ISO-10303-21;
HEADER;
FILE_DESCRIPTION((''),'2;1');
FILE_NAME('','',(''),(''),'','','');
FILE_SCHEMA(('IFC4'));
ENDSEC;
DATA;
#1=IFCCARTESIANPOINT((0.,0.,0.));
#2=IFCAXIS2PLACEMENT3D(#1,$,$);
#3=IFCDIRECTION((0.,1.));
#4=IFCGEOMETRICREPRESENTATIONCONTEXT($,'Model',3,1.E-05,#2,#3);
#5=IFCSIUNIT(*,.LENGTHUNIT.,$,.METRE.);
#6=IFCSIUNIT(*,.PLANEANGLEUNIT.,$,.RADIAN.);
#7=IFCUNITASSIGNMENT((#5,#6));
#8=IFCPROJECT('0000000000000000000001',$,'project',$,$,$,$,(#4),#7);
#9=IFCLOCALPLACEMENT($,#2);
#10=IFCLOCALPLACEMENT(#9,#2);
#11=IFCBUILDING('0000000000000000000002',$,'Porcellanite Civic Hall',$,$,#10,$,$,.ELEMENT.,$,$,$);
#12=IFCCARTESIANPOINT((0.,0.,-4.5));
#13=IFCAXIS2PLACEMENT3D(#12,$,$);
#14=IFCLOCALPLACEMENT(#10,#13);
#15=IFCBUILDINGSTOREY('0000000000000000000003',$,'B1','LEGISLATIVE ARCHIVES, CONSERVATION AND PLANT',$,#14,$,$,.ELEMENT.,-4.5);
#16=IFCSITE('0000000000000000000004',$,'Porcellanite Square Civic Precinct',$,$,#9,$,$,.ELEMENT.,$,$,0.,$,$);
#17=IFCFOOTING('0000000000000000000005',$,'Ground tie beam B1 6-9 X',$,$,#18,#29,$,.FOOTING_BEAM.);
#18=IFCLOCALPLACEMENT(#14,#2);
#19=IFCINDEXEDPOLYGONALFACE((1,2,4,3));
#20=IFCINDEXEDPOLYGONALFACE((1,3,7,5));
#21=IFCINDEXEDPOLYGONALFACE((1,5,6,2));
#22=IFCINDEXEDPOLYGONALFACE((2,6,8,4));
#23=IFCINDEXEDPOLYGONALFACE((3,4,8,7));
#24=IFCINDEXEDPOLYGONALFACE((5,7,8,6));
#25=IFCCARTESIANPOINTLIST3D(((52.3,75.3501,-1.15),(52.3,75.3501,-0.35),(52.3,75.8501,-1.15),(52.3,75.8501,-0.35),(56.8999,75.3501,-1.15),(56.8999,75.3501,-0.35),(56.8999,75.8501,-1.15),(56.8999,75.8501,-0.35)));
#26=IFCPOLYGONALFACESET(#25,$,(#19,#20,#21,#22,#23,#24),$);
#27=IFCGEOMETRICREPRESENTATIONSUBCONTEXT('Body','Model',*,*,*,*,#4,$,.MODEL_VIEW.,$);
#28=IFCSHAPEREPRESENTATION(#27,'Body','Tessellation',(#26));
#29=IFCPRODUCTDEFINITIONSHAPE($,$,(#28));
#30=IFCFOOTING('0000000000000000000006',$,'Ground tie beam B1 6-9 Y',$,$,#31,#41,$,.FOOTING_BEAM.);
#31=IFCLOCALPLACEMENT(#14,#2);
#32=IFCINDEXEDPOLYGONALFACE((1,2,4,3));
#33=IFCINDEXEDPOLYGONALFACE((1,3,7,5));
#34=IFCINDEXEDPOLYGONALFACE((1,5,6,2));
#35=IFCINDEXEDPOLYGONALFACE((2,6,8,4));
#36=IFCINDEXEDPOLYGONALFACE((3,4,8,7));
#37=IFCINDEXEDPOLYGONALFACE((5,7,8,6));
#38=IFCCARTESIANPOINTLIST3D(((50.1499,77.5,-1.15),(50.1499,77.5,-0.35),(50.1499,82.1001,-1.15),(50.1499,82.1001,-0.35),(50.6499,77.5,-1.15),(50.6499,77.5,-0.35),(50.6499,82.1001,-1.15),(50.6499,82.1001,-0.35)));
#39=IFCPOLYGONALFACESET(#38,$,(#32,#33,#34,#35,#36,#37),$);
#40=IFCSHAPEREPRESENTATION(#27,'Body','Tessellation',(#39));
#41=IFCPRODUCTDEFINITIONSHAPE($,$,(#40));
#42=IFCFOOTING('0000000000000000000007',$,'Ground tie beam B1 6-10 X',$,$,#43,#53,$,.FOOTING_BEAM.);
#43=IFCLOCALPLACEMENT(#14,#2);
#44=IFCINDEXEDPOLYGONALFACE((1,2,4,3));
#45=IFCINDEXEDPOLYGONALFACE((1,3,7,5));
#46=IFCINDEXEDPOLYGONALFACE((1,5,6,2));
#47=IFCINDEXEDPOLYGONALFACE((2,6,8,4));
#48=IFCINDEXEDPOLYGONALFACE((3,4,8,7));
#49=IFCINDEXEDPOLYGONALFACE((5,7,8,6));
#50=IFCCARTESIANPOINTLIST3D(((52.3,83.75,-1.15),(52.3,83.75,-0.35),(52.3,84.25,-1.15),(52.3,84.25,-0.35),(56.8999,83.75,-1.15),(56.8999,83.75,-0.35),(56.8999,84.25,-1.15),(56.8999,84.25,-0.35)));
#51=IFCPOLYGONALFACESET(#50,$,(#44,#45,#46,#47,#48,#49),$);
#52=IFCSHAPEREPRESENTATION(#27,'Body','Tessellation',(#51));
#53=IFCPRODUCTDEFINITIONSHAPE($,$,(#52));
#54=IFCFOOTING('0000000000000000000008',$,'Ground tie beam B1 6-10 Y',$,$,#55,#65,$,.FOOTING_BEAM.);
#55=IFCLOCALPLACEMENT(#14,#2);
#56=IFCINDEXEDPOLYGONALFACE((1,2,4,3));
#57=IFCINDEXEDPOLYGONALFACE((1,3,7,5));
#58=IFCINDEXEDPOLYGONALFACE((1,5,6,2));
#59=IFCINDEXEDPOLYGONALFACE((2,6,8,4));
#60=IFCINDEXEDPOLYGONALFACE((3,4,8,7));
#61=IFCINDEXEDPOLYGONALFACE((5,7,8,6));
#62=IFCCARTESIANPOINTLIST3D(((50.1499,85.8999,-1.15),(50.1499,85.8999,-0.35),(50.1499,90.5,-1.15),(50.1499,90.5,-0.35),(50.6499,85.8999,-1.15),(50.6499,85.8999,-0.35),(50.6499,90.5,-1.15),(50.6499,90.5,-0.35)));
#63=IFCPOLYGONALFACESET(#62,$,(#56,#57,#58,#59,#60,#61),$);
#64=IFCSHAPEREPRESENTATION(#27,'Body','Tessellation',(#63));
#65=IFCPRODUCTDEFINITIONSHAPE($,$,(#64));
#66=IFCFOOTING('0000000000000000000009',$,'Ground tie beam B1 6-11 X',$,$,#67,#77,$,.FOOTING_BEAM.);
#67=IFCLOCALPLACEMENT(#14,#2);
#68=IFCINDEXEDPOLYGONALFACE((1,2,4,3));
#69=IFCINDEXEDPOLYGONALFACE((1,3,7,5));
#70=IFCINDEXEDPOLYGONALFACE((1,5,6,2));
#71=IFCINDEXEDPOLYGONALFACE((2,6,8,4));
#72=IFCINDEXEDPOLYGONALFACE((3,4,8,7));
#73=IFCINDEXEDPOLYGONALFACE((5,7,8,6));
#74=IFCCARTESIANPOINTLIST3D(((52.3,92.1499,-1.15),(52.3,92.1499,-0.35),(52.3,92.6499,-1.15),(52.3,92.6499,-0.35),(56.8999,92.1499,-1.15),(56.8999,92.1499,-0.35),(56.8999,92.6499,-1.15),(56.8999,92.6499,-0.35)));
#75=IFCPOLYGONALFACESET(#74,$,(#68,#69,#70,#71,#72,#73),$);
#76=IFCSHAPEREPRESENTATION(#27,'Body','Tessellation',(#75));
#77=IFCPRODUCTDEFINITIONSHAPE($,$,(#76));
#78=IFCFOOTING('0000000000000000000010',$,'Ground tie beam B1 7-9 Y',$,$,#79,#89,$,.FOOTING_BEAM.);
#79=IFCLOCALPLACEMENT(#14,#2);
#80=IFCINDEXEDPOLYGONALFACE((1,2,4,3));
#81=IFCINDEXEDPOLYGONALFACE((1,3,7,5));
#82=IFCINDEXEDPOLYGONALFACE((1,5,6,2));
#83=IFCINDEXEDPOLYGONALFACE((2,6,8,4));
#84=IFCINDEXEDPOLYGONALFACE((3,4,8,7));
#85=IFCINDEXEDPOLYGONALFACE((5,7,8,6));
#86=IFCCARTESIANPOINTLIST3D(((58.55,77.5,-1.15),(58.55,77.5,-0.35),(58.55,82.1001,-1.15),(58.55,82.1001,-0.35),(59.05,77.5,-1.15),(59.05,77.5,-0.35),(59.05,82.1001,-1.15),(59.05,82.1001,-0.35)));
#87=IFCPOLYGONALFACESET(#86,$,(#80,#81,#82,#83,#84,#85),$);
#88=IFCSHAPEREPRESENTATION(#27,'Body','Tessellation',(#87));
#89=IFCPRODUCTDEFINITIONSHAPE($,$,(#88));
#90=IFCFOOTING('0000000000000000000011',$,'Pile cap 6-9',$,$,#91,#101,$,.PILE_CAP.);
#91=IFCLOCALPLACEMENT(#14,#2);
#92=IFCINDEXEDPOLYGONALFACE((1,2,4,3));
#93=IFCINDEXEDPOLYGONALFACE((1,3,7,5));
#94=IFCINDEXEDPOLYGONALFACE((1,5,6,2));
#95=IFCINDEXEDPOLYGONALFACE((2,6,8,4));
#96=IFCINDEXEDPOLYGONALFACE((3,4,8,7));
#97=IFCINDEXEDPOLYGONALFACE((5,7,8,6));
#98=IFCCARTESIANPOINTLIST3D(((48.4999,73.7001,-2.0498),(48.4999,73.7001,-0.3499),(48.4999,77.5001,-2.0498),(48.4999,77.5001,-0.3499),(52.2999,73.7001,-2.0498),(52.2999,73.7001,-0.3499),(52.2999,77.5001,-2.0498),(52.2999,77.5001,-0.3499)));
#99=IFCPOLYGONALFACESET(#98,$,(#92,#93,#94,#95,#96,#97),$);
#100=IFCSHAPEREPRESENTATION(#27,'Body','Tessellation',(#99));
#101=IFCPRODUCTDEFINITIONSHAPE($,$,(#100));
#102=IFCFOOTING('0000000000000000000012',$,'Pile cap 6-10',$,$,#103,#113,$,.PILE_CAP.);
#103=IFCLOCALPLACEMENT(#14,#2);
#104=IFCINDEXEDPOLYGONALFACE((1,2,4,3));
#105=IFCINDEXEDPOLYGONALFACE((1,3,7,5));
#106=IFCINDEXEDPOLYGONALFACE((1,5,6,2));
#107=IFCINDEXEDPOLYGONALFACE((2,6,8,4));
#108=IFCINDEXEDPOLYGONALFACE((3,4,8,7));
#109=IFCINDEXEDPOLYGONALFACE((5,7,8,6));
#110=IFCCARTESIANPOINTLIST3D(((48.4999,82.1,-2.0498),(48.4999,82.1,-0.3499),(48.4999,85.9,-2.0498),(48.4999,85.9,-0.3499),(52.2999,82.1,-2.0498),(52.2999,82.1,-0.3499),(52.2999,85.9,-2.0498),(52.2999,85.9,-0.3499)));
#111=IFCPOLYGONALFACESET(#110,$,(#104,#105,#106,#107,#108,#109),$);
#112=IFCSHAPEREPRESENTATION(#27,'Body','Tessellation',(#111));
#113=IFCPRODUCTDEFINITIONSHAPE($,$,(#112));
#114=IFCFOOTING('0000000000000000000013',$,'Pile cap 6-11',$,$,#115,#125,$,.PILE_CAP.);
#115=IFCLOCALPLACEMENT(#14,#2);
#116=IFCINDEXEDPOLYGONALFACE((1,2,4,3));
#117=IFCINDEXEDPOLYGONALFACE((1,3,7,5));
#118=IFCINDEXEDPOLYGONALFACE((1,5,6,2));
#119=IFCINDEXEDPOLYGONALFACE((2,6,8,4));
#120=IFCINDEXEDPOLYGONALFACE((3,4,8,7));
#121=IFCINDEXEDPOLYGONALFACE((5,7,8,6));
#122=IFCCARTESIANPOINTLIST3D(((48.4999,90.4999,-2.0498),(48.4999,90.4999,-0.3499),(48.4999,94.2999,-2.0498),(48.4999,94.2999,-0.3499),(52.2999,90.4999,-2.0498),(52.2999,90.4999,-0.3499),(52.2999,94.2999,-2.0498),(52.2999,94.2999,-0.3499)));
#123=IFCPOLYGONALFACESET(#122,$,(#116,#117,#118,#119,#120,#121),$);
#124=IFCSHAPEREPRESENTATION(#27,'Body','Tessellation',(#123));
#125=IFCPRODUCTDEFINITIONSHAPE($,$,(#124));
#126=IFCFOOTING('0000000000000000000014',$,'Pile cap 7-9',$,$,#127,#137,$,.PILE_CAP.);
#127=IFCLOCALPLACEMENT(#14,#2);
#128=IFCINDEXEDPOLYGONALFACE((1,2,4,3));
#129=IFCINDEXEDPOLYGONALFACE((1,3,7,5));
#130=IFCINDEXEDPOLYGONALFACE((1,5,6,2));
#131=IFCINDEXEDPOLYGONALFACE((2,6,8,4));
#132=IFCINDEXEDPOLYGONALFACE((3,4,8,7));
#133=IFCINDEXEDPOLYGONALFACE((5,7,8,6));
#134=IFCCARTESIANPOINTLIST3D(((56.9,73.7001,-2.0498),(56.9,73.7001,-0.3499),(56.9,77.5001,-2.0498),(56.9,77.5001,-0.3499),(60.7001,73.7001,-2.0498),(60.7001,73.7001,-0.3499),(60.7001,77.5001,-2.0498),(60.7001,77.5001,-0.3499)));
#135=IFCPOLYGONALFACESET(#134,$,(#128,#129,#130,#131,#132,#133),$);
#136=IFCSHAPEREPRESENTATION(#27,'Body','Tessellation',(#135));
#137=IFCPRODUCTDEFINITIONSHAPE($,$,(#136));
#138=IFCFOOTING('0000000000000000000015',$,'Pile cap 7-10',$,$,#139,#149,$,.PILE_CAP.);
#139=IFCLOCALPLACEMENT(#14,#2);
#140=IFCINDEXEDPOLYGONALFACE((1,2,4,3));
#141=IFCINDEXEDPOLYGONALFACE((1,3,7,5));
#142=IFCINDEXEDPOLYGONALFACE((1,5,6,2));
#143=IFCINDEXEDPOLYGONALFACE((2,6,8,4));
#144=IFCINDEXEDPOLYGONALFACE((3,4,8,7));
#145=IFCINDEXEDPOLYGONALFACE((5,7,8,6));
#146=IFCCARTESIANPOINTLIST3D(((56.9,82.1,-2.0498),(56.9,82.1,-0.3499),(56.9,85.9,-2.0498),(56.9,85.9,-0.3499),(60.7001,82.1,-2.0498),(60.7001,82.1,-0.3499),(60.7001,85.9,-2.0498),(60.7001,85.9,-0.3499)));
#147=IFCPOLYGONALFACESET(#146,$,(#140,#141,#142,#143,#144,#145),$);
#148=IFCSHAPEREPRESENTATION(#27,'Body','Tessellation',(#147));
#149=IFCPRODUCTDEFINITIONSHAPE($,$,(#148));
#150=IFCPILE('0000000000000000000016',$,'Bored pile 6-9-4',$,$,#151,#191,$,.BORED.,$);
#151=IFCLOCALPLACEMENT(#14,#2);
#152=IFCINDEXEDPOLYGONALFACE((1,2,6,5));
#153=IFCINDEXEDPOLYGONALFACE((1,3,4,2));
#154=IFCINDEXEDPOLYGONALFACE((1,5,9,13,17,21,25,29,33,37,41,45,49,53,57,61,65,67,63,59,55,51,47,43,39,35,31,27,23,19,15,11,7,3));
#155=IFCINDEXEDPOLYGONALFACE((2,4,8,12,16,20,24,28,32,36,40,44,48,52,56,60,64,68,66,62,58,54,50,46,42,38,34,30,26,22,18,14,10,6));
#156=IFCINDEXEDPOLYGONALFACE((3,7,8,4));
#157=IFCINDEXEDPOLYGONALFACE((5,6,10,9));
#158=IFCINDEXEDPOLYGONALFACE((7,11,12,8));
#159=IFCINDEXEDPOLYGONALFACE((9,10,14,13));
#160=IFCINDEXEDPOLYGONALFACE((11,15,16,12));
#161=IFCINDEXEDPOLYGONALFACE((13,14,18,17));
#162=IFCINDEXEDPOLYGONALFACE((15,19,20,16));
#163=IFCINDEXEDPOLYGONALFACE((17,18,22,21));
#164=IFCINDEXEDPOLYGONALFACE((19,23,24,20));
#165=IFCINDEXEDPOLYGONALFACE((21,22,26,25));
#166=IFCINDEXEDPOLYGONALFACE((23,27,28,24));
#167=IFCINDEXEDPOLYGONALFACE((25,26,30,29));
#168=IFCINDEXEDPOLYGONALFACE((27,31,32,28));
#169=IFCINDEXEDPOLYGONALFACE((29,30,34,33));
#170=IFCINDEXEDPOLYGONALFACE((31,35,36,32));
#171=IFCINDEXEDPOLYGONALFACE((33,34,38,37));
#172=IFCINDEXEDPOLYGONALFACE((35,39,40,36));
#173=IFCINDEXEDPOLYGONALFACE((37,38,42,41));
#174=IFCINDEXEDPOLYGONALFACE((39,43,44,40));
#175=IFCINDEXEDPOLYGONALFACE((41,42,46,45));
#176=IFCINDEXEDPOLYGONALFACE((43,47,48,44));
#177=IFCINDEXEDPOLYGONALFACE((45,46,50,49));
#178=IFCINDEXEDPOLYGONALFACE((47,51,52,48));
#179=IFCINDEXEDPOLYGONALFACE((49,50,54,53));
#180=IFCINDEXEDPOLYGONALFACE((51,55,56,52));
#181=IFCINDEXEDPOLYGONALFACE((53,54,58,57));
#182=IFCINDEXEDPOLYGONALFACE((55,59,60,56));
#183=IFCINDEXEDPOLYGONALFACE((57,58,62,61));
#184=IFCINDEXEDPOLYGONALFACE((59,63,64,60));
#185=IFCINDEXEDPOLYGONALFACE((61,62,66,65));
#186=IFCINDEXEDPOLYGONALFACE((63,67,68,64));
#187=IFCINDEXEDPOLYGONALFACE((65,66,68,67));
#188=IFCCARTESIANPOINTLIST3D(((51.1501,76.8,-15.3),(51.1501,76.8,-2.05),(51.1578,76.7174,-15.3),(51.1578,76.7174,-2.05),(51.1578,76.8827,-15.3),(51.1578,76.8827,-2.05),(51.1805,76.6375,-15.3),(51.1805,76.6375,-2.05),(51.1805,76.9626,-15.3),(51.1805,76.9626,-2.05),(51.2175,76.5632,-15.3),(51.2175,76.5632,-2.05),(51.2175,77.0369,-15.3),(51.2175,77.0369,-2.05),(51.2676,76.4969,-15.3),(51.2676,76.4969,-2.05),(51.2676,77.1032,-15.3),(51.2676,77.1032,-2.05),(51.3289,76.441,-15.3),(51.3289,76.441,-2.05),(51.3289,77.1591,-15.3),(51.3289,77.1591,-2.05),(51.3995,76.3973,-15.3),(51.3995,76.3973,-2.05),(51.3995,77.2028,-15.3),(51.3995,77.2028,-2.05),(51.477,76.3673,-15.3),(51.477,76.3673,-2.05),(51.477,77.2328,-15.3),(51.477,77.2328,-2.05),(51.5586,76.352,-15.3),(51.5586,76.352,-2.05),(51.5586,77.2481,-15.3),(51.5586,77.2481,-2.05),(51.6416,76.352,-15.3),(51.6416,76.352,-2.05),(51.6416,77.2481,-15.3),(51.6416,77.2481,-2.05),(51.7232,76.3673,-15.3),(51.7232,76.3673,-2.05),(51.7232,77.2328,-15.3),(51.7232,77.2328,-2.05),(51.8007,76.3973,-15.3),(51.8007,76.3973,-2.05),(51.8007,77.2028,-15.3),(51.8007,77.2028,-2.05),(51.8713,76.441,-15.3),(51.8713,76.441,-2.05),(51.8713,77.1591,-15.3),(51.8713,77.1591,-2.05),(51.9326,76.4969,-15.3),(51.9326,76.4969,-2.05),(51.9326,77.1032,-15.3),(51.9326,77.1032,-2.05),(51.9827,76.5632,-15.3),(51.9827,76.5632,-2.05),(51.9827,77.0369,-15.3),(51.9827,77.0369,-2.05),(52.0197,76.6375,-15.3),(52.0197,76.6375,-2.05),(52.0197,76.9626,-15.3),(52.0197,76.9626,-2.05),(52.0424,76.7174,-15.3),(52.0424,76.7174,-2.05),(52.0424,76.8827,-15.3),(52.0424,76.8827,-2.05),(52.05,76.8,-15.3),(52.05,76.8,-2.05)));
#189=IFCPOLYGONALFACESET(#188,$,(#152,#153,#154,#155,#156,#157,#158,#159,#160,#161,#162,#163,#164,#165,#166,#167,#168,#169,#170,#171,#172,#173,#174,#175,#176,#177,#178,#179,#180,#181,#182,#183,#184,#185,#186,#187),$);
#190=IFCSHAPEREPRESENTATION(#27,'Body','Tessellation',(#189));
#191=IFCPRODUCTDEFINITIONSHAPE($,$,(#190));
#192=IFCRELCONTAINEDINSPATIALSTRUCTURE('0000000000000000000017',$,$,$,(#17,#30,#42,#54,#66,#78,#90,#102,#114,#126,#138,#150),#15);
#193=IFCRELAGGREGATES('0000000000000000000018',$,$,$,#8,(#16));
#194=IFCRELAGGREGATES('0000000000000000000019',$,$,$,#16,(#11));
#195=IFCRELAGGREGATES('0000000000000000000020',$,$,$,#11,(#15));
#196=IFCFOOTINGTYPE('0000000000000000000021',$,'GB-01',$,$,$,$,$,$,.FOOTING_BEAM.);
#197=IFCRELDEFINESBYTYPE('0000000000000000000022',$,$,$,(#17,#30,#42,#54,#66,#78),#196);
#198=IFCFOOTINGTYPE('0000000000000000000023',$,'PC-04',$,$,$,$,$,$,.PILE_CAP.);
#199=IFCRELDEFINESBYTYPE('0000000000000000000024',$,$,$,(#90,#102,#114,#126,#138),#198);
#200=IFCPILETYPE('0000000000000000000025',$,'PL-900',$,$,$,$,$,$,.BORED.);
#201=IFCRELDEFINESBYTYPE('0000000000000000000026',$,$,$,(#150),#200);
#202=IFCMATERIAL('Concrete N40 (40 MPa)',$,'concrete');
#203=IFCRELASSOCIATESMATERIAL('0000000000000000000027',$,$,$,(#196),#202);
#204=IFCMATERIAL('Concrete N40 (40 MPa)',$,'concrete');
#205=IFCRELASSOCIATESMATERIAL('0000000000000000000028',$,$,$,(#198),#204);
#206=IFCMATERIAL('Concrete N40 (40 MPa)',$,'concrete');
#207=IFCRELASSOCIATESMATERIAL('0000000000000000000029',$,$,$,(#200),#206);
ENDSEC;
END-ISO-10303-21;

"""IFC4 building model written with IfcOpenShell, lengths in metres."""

from ifc_helpers import new_model, si_unit, direction, frame, origin, origin_2d, place, context, subcontext, project, spatial, rectangle, circle, extrude, material, material_profile, profile_set, type_object, element, save


model = new_model("IFC4")

# Units and contexts
model_context = context("Model", 3, precision=1e-05, world=origin(), true_north=direction((0.0, 1.0)))
body_context = subcontext(model_context, "Body", "Model", "MODEL_VIEW")
ifc_project = project(units=[si_unit("LENGTHUNIT", "METRE"), si_unit("PLANEANGLEUNIT", "RADIAN")], contexts=[model_context])

# Site, building, storey
site_placement = place(None, origin())
site = spatial("IfcSite", under=ifc_project, at=site_placement, Name="Porcellanite Square Civic Precinct", CompositionType="ELEMENT", RefElevation=0.0)
building_placement = place(site_placement, origin())
building = spatial("IfcBuilding", under=site, at=building_placement, Name="Porcellanite Civic Hall", CompositionType="ELEMENT")
storey_placement = place(building_placement, frame((0.0, 0.0, -4.5)))
storey = spatial("IfcBuildingStorey", under=building, at=storey_placement, Name="B1", Description="LEGISLATIVE ARCHIVES, CONSERVATION AND PLANT", CompositionType="ELEMENT", Elevation=-4.5)

# Footings
ifc_material_1 = material(Name="Concrete N40 (40 MPa)", Category="concrete")
ifc_material_profile_1 = material_profile(ifc_material_1, rectangle(XDim=0.5, YDim=0.8, at=origin_2d()), Name="RC-500x800")
ifc_profile_set_1 = profile_set([ifc_material_profile_1], Name="Concrete N40 (40 MPa)")
footing_type_1 = type_object("IfcFootingType", Name="GB-01", PredefinedType="FOOTING_BEAM", material=ifc_profile_set_1)
footing_1_placement = place(storey_placement, frame((52.3, 75.6001, -0.75), z_axis=(1.0, 0.0, 0.0), x_axis=(0.0, 1.0, 0.0)))
element("IfcFooting", 1, at=footing_1_placement, inside=storey, type_object=footing_type_1, Name="Ground tie beam B1 6-9 X", PredefinedType="FOOTING_BEAM", context=body_context, shape_type="SweptSolid", body=[
    extrude(rectangle(XDim=0.5, YDim=0.8, at=origin_2d()), origin(), (0.0, 0.0, 1.0), 4.5999),
])
footing_2_placement = place(storey_placement, frame((50.3999, 77.5, -0.75), z_axis=(0.0, 1.0, 0.0), x_axis=(-1.0, 0.0, 0.0)))
element("IfcFooting", 2, at=footing_2_placement, inside=storey, type_object=footing_type_1, Name="Ground tie beam B1 6-9 Y", PredefinedType="FOOTING_BEAM", context=body_context, shape_type="SweptSolid", body=[
    extrude(rectangle(XDim=0.5, YDim=0.8, at=origin_2d()), origin(), (0.0, 0.0, 1.0), 4.6001),
])
footing_3_placement = place(storey_placement, frame((52.3, 84.0, -0.75), z_axis=(1.0, 0.0, 0.0), x_axis=(0.0, 1.0, 0.0)))
element("IfcFooting", 3, at=footing_3_placement, inside=storey, type_object=footing_type_1, Name="Ground tie beam B1 6-10 X", PredefinedType="FOOTING_BEAM", context=body_context, shape_type="SweptSolid", body=[
    extrude(rectangle(XDim=0.5, YDim=0.8, at=origin_2d()), origin(), (0.0, 0.0, 1.0), 4.5999),
])
footing_4_placement = place(storey_placement, frame((50.3999, 85.8999, -0.75), z_axis=(0.0, 1.0, 0.0), x_axis=(-1.0, 0.0, 0.0)))
element("IfcFooting", 4, at=footing_4_placement, inside=storey, type_object=footing_type_1, Name="Ground tie beam B1 6-10 Y", PredefinedType="FOOTING_BEAM", context=body_context, shape_type="SweptSolid", body=[
    extrude(rectangle(XDim=0.5, YDim=0.8, at=origin_2d()), origin(), (0.0, 0.0, 1.0), 4.6001),
])
footing_5_placement = place(storey_placement, frame((52.3, 92.3999, -0.75), z_axis=(1.0, 0.0, 0.0), x_axis=(0.0, 1.0, 0.0)))
element("IfcFooting", 5, at=footing_5_placement, inside=storey, type_object=footing_type_1, Name="Ground tie beam B1 6-11 X", PredefinedType="FOOTING_BEAM", context=body_context, shape_type="SweptSolid", body=[
    extrude(rectangle(XDim=0.5, YDim=0.8, at=origin_2d()), origin(), (0.0, 0.0, 1.0), 4.5999),
])
footing_6_placement = place(storey_placement, frame((58.8, 77.5, -0.75), z_axis=(0.0, 1.0, 0.0), x_axis=(-1.0, 0.0, 0.0)))
element("IfcFooting", 6, at=footing_6_placement, inside=storey, type_object=footing_type_1, Name="Ground tie beam B1 7-9 Y", PredefinedType="FOOTING_BEAM", context=body_context, shape_type="SweptSolid", body=[
    extrude(rectangle(XDim=0.5, YDim=0.8, at=origin_2d()), origin(), (0.0, 0.0, 1.0), 4.6001),
])
ifc_material_2 = material(Name="Concrete N40 (40 MPa)", Category="concrete")
footing_type_2 = type_object("IfcFootingType", Name="PC-04", PredefinedType="PILE_CAP", material=ifc_material_2)
for number, where, z_axis, x_axis, name in (
    (7, (50.3999, 75.6001, -2.0498), (0.0, 0.0, 1.0), (1.0, 0.0, 0.0), "Pile cap 6-9"),
    (8, (50.3999, 84.0, -2.0498), (0.0, 0.0, 1.0), (1.0, 0.0, 0.0), "Pile cap 6-10"),
    (9, (50.3999, 92.3999, -2.0498), (0.0, 0.0, 1.0), (1.0, 0.0, 0.0), "Pile cap 6-11"),
    (10, (58.8, 75.6001, -2.0498), (0.0, 0.0, 1.0), (1.0, 0.0, 0.0), "Pile cap 7-9"),
    (11, (58.8, 84.0, -2.0498), (0.0, 0.0, 1.0), (1.0, 0.0, 0.0), "Pile cap 7-10"),
):
    element("IfcFooting", number, at=place(storey_placement, frame(where, z_axis=z_axis, x_axis=x_axis)), inside=storey, type_object=footing_type_2, Name=name, PredefinedType="PILE_CAP", context=body_context, shape_type="SweptSolid", body=[
        extrude(rectangle(XDim=3.8, YDim=3.8, at=origin_2d()), origin(), (0.0, 0.0, 1.0), 1.7),
    ])

# Pile
ifc_material_3 = material(Name="Concrete N40 (40 MPa)", Category="concrete")
ifc_material_profile_2 = material_profile(ifc_material_3, circle(Radius=0.45, at=origin_2d()), Name="PILE-D900")
ifc_profile_set_2 = profile_set([ifc_material_profile_2], Name="Concrete N40 (40 MPa)")
pile_type = type_object("IfcPileType", Name="PL-900", PredefinedType="BORED", material=ifc_profile_set_2)
for number, where, z_axis, x_axis, name in (
    (12, (51.6001, 76.8, -2.05), (0.0, 0.0, -1.0), (1.0, 0.0, 0.0), "Bored pile 6-9-4"),
):
    element("IfcPile", number, at=place(storey_placement, frame(where, z_axis=z_axis, x_axis=x_axis)), inside=storey, type_object=pile_type, Name=name, PredefinedType="BORED", context=body_context, shape_type="SweptSolid", body=[
        extrude(circle(Radius=0.45, at=origin_2d()), origin(), (0.0, 0.0, 1.0), 13.25),
    ])

save(model, "model.ifc")
